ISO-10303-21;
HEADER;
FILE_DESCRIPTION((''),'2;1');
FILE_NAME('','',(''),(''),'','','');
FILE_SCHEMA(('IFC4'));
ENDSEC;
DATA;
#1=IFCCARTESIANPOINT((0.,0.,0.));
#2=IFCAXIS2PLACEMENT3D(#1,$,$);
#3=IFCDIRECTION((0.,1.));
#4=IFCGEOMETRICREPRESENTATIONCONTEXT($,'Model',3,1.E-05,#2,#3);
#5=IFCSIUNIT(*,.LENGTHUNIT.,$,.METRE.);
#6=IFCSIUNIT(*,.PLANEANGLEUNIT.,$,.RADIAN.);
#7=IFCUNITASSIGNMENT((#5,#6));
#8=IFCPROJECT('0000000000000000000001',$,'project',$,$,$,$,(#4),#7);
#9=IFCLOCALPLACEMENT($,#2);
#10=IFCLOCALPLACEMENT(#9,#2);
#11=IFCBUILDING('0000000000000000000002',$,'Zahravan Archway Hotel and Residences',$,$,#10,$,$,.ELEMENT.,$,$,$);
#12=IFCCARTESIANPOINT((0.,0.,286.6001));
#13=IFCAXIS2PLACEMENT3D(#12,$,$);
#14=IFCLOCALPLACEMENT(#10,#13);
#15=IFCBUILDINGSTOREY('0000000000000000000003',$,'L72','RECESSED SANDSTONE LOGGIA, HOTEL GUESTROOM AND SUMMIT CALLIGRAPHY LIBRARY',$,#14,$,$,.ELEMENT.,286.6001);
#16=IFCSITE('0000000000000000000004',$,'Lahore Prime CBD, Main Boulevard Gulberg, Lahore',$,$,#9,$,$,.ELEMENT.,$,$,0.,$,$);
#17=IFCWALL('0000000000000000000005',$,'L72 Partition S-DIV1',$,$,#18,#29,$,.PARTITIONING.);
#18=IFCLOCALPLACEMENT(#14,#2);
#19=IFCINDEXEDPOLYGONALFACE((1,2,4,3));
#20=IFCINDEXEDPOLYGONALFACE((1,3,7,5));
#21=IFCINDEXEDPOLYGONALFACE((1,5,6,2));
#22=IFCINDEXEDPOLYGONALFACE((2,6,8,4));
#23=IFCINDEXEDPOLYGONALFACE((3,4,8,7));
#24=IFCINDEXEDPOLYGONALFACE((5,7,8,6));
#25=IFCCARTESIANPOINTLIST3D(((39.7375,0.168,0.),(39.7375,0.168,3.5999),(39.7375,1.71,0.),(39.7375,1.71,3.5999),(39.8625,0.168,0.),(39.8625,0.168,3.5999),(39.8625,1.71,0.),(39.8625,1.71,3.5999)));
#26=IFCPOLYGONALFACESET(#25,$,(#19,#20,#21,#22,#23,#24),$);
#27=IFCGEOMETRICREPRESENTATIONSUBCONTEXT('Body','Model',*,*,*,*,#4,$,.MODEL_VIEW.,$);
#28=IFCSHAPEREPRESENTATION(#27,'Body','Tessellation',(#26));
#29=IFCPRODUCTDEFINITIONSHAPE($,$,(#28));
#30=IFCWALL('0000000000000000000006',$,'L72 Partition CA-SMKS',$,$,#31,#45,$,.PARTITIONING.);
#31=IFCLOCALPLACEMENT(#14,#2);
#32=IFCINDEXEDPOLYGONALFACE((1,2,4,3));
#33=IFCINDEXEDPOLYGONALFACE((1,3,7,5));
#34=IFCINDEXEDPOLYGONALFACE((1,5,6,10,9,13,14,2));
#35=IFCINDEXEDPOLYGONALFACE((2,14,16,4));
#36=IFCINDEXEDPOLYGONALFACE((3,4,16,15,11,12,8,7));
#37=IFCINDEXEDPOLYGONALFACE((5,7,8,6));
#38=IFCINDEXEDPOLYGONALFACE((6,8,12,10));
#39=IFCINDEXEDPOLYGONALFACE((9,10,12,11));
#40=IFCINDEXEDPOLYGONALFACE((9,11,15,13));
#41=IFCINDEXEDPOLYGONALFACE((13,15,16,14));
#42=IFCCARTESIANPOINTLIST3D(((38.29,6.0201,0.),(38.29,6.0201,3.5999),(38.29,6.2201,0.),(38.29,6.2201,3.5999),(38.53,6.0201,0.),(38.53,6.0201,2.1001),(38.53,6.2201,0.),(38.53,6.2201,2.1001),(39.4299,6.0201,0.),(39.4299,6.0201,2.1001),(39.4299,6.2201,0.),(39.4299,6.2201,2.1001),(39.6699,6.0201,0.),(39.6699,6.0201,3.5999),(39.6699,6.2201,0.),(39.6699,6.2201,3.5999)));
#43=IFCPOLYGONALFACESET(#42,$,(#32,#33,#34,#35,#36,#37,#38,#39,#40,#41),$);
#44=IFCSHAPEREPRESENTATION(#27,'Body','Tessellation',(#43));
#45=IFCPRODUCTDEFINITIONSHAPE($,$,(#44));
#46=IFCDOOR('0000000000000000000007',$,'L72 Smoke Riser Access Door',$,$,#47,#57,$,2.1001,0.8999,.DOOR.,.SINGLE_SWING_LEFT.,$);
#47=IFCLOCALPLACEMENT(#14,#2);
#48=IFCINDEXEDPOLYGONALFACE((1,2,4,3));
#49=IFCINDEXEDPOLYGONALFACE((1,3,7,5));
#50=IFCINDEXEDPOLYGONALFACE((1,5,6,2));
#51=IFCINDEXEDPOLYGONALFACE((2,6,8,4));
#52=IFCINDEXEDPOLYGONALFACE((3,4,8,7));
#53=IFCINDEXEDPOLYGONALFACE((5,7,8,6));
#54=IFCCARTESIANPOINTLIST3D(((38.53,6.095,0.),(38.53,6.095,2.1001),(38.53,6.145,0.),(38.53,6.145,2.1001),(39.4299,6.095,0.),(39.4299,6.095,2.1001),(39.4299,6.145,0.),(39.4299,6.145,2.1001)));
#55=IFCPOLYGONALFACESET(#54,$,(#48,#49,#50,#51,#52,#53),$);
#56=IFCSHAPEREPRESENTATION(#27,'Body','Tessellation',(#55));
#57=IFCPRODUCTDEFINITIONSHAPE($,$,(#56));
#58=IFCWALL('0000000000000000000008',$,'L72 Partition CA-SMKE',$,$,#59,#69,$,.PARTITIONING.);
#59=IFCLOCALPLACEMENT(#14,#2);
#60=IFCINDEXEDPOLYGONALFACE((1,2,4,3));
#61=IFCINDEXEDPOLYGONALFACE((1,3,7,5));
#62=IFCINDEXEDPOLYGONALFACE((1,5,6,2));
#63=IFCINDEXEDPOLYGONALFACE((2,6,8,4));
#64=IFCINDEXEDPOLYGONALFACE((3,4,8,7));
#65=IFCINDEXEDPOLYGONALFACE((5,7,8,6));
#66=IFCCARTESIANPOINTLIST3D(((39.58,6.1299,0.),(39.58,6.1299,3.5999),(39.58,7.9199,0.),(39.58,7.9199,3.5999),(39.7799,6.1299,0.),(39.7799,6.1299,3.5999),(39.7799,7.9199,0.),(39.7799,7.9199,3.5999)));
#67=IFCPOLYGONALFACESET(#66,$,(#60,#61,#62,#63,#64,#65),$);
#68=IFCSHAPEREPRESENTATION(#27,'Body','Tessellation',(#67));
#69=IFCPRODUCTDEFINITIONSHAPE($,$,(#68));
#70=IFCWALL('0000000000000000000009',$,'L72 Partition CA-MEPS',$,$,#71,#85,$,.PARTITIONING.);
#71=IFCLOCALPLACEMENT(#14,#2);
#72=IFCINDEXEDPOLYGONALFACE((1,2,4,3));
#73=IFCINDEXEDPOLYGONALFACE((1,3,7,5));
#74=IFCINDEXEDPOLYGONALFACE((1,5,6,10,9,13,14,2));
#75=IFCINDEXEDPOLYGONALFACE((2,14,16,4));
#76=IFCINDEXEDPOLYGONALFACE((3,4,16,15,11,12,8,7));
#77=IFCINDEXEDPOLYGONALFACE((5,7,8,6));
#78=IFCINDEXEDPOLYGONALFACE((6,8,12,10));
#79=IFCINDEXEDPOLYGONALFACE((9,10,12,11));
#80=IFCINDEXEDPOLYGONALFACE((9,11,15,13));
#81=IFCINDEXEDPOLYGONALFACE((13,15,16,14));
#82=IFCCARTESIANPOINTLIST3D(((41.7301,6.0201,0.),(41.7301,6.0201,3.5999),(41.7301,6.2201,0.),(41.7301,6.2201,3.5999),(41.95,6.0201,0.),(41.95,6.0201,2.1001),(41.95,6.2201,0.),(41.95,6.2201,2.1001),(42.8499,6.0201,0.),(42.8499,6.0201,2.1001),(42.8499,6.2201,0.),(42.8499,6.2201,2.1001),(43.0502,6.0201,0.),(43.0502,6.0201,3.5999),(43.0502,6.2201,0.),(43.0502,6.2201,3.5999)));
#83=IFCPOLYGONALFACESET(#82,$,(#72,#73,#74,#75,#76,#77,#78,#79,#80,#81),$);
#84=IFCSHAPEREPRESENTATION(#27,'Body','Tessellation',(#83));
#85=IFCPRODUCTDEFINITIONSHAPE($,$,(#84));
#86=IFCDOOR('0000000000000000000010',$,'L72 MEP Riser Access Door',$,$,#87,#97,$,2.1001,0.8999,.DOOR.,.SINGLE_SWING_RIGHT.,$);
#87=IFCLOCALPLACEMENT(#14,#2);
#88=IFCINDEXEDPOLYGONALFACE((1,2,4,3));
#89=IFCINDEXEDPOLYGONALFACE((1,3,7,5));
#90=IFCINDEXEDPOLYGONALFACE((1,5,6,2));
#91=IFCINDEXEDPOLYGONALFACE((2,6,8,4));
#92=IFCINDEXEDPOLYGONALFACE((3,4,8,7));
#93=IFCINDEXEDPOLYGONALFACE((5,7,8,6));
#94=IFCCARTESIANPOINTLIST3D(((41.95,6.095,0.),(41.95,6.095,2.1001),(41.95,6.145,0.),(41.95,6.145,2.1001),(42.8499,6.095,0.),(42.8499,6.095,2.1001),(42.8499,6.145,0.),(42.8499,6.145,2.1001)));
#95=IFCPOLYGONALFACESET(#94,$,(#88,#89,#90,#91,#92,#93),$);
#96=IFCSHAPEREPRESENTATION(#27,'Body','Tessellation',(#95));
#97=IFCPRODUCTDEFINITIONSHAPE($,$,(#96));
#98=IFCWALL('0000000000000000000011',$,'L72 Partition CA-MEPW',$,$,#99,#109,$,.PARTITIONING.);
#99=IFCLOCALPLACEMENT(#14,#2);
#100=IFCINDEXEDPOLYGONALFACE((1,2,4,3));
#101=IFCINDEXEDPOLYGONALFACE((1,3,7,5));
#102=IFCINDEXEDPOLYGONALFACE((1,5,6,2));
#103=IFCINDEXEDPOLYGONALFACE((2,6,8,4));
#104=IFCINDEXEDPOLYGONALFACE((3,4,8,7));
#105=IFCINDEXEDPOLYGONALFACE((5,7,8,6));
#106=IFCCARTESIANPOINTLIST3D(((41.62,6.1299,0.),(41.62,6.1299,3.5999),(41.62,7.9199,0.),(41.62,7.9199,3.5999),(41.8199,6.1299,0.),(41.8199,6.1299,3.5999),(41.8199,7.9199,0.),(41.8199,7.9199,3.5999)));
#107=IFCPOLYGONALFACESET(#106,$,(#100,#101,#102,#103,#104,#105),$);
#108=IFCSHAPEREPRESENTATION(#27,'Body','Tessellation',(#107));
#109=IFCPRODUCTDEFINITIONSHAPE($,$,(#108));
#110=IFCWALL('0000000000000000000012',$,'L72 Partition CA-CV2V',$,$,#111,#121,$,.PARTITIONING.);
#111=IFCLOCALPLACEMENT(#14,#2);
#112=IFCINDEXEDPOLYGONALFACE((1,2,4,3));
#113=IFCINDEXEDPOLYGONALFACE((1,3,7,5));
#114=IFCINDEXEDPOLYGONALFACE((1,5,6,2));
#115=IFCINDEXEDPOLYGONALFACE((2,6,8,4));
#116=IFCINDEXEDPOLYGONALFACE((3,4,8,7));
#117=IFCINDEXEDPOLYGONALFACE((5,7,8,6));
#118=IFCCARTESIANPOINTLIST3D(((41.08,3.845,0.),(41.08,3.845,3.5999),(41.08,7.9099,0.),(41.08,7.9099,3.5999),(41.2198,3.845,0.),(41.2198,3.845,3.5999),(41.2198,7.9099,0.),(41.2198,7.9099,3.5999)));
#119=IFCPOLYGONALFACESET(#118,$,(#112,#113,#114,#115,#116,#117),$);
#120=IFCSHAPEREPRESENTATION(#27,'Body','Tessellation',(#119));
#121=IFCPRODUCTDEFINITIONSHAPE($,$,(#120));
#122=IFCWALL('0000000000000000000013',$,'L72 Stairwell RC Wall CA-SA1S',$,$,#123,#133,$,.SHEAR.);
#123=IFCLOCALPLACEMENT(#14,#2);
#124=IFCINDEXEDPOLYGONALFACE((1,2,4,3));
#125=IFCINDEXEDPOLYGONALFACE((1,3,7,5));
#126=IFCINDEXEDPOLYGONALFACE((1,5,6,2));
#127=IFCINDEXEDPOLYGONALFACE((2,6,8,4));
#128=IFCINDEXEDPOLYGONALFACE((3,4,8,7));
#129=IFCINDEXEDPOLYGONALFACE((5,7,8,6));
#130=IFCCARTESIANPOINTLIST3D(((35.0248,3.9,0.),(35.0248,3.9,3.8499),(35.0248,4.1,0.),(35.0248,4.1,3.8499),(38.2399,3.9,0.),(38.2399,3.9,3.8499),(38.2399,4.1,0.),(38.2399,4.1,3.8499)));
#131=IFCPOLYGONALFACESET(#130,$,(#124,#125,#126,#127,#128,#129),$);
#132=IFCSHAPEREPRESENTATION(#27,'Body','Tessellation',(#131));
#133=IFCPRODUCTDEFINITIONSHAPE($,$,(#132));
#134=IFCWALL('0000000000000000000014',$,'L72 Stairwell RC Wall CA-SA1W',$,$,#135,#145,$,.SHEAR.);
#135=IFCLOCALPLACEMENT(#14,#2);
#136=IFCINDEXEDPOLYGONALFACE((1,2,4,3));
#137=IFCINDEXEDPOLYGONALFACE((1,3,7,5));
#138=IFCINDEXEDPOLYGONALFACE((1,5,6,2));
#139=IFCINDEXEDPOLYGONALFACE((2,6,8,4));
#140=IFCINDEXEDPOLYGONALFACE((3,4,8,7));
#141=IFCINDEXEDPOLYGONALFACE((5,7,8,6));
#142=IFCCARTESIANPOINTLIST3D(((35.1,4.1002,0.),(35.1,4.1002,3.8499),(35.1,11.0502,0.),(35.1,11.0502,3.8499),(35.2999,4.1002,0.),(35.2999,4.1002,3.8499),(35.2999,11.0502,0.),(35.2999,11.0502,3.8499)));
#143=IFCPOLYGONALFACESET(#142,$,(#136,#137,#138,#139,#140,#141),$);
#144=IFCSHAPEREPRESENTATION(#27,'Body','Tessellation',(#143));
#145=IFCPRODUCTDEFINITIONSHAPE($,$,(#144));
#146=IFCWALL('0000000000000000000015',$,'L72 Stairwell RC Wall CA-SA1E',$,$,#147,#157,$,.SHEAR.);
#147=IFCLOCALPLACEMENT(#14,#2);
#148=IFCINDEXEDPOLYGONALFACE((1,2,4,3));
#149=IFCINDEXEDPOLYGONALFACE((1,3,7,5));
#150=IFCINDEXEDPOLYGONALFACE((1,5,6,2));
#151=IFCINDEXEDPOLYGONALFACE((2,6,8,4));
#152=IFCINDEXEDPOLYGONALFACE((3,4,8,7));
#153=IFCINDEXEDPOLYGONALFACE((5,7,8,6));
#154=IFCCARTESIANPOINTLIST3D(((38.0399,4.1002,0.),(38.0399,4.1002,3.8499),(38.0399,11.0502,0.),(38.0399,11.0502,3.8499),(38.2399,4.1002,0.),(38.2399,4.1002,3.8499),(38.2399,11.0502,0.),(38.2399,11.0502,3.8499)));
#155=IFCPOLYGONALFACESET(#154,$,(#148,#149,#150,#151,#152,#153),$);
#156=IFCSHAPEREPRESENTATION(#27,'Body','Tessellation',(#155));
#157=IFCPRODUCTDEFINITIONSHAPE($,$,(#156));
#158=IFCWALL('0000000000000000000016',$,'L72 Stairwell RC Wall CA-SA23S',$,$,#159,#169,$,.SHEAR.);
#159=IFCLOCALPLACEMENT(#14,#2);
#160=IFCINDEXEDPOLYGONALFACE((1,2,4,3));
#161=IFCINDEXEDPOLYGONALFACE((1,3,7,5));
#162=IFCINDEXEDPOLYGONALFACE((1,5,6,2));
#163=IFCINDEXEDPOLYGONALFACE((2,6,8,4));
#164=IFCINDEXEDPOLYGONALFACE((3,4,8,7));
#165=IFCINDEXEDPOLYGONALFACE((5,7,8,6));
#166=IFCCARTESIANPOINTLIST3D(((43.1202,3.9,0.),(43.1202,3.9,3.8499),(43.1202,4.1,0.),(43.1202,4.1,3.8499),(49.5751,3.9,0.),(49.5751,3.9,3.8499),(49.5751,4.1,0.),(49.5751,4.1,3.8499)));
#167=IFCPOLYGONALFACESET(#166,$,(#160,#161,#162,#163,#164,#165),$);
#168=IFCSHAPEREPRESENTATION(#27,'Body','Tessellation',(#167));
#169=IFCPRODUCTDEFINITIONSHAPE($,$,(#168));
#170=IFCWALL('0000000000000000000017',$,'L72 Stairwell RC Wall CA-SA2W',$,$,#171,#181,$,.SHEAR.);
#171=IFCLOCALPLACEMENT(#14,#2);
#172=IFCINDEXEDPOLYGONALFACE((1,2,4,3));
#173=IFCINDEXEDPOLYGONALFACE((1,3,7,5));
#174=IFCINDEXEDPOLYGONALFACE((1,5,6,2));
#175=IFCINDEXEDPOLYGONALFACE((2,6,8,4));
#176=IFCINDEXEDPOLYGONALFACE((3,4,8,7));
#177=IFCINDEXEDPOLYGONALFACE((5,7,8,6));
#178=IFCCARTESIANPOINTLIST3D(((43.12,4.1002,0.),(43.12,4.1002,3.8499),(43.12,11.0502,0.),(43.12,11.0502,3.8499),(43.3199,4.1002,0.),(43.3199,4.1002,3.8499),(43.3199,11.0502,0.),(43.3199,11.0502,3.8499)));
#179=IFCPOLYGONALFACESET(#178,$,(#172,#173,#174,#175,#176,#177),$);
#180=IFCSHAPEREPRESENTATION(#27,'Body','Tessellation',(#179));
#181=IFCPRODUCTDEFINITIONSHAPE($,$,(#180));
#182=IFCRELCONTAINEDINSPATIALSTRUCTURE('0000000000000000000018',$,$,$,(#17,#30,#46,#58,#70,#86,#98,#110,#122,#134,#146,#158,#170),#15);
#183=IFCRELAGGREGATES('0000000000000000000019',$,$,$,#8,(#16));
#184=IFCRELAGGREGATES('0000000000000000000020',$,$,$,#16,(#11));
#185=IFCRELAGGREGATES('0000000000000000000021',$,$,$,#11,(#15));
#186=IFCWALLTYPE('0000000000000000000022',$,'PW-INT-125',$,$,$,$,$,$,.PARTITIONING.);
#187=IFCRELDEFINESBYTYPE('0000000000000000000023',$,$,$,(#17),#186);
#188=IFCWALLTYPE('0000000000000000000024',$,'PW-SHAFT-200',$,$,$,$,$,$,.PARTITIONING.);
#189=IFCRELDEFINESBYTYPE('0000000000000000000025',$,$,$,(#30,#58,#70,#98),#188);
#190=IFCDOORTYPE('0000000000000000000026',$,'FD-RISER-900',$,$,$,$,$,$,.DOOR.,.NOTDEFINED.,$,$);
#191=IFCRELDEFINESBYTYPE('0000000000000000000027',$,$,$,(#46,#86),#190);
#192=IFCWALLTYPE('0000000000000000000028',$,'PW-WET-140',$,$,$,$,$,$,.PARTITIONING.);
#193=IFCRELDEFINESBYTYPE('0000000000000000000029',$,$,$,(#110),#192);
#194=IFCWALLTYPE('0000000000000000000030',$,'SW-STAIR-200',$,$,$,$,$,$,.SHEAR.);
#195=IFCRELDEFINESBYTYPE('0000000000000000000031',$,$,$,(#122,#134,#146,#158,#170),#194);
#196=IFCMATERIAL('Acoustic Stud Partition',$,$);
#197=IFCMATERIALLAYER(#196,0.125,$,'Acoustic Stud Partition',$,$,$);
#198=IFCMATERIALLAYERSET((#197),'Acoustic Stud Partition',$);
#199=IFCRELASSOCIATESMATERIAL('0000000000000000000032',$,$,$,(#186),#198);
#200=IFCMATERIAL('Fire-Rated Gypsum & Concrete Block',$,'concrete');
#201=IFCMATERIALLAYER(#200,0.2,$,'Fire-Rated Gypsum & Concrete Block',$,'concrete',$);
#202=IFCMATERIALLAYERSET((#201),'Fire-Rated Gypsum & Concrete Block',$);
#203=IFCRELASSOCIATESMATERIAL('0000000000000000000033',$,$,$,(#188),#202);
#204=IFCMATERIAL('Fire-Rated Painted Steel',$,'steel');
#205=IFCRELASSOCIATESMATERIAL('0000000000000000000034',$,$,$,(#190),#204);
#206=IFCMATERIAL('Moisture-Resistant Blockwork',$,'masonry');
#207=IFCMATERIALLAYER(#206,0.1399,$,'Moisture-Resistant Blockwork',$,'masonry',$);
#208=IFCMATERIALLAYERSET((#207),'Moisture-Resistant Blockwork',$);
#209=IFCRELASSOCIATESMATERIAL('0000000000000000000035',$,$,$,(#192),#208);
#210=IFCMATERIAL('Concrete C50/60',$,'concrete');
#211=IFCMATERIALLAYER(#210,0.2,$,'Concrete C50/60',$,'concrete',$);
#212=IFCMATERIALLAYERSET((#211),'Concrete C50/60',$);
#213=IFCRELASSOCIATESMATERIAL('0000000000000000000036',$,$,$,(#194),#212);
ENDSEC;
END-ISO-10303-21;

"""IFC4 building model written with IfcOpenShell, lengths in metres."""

from ifc_helpers import new_model, si_unit, direction, frame, frame_2d, origin, place, context, subcontext, project, spatial, rectangle, extrude, source, transform, mapped, material, layer, layer_set, type_object, type_shapes, element, fill, save


model = new_model("IFC4")

# Units and contexts
model_context = context("Model", 3, precision=1e-05, world=origin(), true_north=direction((0.0, 1.0)))
body_context = subcontext(model_context, "Body", "Model", "MODEL_VIEW")
ifc_project = project(units=[si_unit("LENGTHUNIT", "METRE"), si_unit("PLANEANGLEUNIT", "RADIAN")], contexts=[model_context])

# Site, building, storey
site_placement = place(None, origin())
site = spatial("IfcSite", under=ifc_project, at=site_placement, Name="Lahore Prime CBD, Main Boulevard Gulberg, Lahore", CompositionType="ELEMENT", RefElevation=0.0)
building_placement = place(site_placement, origin())
building = spatial("IfcBuilding", under=site, at=building_placement, Name="Zahravan Archway Hotel and Residences", CompositionType="ELEMENT")
storey_placement = place(building_placement, frame((0.0, 0.0, 286.6001)))
storey = spatial("IfcBuildingStorey", under=building, at=storey_placement, Name="L72", Description="RECESSED SANDSTONE LOGGIA, HOTEL GUESTROOM AND SUMMIT CALLIGRAPHY LIBRARY", CompositionType="ELEMENT", Elevation=286.6001)

# Shared definitions
ifc_material_1 = material(Name="Concrete C50/60", Category="concrete")

# Wall
ifc_material_2 = material(Name="Acoustic Stud Partition")
ifc_layer_1 = layer(ifc_material_2, 0.125, Name="Acoustic Stud Partition")
ifc_layer_set_1 = layer_set([ifc_layer_1], Name="Acoustic Stud Partition")
wall_type_1 = type_object("IfcWallType", Name="PW-INT-125", PredefinedType="PARTITIONING", material=ifc_layer_set_1)
wall_1_placement = place(storey_placement, frame((39.8, 0.168, 0.0), z_axis=(0.0, 0.0, 1.0), x_axis=(0.0, 1.0, 0.0)))
element("IfcWall", 1, at=wall_1_placement, inside=storey, type_object=wall_type_1, Name="L72 Partition S-DIV1", PredefinedType="PARTITIONING", context=body_context, shape_type="SweptSolid", body=[
    extrude(rectangle(XDim=1.542, YDim=0.125, at=frame_2d((0.771, 0.0))), origin(), (0.0, 0.0, 1.0), 3.5999),
])

# Wall, opening, door
ifc_material_3 = material(Name="Fire-Rated Gypsum & Concrete Block", Category="concrete")
ifc_layer_2 = layer(ifc_material_3, 0.2, Name="Fire-Rated Gypsum & Concrete Block", Category="concrete")
ifc_layer_set_2 = layer_set([ifc_layer_2], Name="Fire-Rated Gypsum & Concrete Block")
wall_type_2 = type_object("IfcWallType", Name="PW-SHAFT-200", PredefinedType="PARTITIONING", material=ifc_layer_set_2)
wall_2_placement = place(storey_placement, frame((38.29, 6.1201, 0.0), z_axis=(0.0, 0.0, 1.0), x_axis=(1.0, 0.0, 0.0)))
wall_2 = element("IfcWall", 2, at=wall_2_placement, inside=storey, type_object=wall_type_2, Name="L72 Partition CA-SMKS", PredefinedType="PARTITIONING", context=body_context, shape_type="SweptSolid", body=[
    extrude(rectangle(XDim=1.3799, YDim=0.2, at=frame_2d((0.6899, 0.0))), origin(), (0.0, 0.0, 1.0), 3.5999),
])
opening_1_placement = place(wall_2_placement, frame((0.24, 0.0, 0.0)))
opening_1 = element("IfcOpeningElement", 3, at=opening_1_placement, cuts=wall_2, PredefinedType="OPENING", context=body_context, shape_type="SweptSolid", body=[
    extrude(rectangle(XDim=0.8999, YDim=2.1001, at=frame_2d((0.45, 1.05))), frame((0.0, 0.1099, 0.0), z_axis=(0.0, -1.0, 0.0), x_axis=(1.0, 0.0, 0.0)), (0.0, 0.0, 1.0), 0.22),
])
ifc_material_4 = material(Name="Fire-Rated Painted Steel", Category="steel")
door_type = type_object("IfcDoorType", Name="FD-RISER-900", OperationType="NOTDEFINED", PredefinedType="DOOR", material=ifc_material_4)
shared_shape_1 = source(origin(), body_context, "Body", "SweptSolid", [
    extrude(rectangle(XDim=0.8999, YDim=2.1001, at=frame_2d((0.45, 1.05))), frame((0.0, 0.0249, 0.0), z_axis=(0.0, -1.0, 0.0), x_axis=(1.0, 0.0, 0.0)), (0.0, 0.0, 1.0), 0.05),
])
type_shapes(door_type, [shared_shape_1])
door_1_placement = place(opening_1_placement, origin())
door_1 = element("IfcDoor", 4, at=door_1_placement, inside=storey, type_object=door_type, Name="L72 Smoke Riser Access Door", OperationType="SINGLE_SWING_LEFT", OverallHeight=2.1001, OverallWidth=0.8999, PredefinedType="DOOR", context=body_context, shape_type="MappedRepresentation", body=[
    mapped(shared_shape_1, transform((0.0, 0.0, 0.0), scale=1.0)),
])
fill(opening_1, door_1)

# Wall
wall_3_placement = place(storey_placement, frame((39.6799, 6.1299, 0.0), z_axis=(0.0, 0.0, 1.0), x_axis=(0.0, 1.0, 0.0)))
element("IfcWall", 5, at=wall_3_placement, inside=storey, type_object=wall_type_2, Name="L72 Partition CA-SMKE", PredefinedType="PARTITIONING", context=body_context, shape_type="SweptSolid", body=[
    extrude(rectangle(XDim=1.79, YDim=0.2, at=frame_2d((0.895, 0.0))), origin(), (0.0, 0.0, 1.0), 3.5999),
])

# Wall, opening, door
wall_4_placement = place(storey_placement, frame((41.73, 6.1201, 0.0), z_axis=(0.0, 0.0, 1.0), x_axis=(1.0, 0.0, 0.0)))
wall_4 = element("IfcWall", 6, at=wall_4_placement, inside=storey, type_object=wall_type_2, Name="L72 Partition CA-MEPS", PredefinedType="PARTITIONING", context=body_context, shape_type="SweptSolid", body=[
    extrude(rectangle(XDim=1.3201, YDim=0.2, at=frame_2d((0.6602, 0.0))), origin(), (0.0, 0.0, 1.0), 3.5999),
])
opening_2_placement = place(wall_4_placement, frame((0.22, 0.0, 0.0)))
opening_2 = element("IfcOpeningElement", 7, at=opening_2_placement, cuts=wall_4, PredefinedType="OPENING", context=body_context, shape_type="SweptSolid", body=[
    extrude(rectangle(XDim=0.8999, YDim=2.1001, at=frame_2d((0.45, 1.05))), frame((0.0, 0.1099, 0.0), z_axis=(0.0, -1.0, 0.0), x_axis=(1.0, 0.0, 0.0)), (0.0, 0.0, 1.0), 0.22),
])
door_2_placement = place(opening_2_placement, origin())
door_2 = element("IfcDoor", 8, at=door_2_placement, inside=storey, type_object=door_type, Name="L72 MEP Riser Access Door", OperationType="SINGLE_SWING_RIGHT", OverallHeight=2.1001, OverallWidth=0.8999, PredefinedType="DOOR", context=body_context, shape_type="MappedRepresentation", body=[
    mapped(shared_shape_1, transform((0.0, 0.0, 0.0), scale=1.0)),
])
fill(opening_2, door_2)

# Walls
wall_5_placement = place(storey_placement, frame((41.72, 6.1299, 0.0), z_axis=(0.0, 0.0, 1.0), x_axis=(0.0, 1.0, 0.0)))
element("IfcWall", 9, at=wall_5_placement, inside=storey, type_object=wall_type_2, Name="L72 Partition CA-MEPW", PredefinedType="PARTITIONING", context=body_context, shape_type="SweptSolid", body=[
    extrude(rectangle(XDim=1.79, YDim=0.2, at=frame_2d((0.895, 0.0))), origin(), (0.0, 0.0, 1.0), 3.5999),
])
ifc_material_5 = material(Name="Moisture-Resistant Blockwork", Category="masonry")
ifc_layer_3 = layer(ifc_material_5, 0.1399, Name="Moisture-Resistant Blockwork", Category="masonry")
ifc_layer_set_3 = layer_set([ifc_layer_3], Name="Moisture-Resistant Blockwork")
wall_type_3 = type_object("IfcWallType", Name="PW-WET-140", PredefinedType="PARTITIONING", material=ifc_layer_set_3)
wall_6_placement = place(storey_placement, frame((41.1499, 3.845, 0.0), z_axis=(0.0, 0.0, 1.0), x_axis=(0.0, 1.0, 0.0)))
element("IfcWall", 10, at=wall_6_placement, inside=storey, type_object=wall_type_3, Name="L72 Partition CA-CV2V", PredefinedType="PARTITIONING", context=body_context, shape_type="SweptSolid", body=[
    extrude(rectangle(XDim=4.0649, YDim=0.1399, at=frame_2d((2.0325, 0.0))), origin(), (0.0, 0.0, 1.0), 3.5999),
])
ifc_layer_4 = layer(ifc_material_1, 0.2, Name="Concrete C50/60", Category="concrete")
ifc_layer_set_4 = layer_set([ifc_layer_4], Name="Concrete C50/60")
wall_type_4 = type_object("IfcWallType", Name="SW-STAIR-200", PredefinedType="SHEAR", material=ifc_layer_set_4)
wall_7_placement = place(storey_placement, frame((35.0249, 4.0, 0.0), z_axis=(0.0, 0.0, 1.0), x_axis=(1.0, 0.0, 0.0)))
element("IfcWall", 11, at=wall_7_placement, inside=storey, type_object=wall_type_4, Name="L72 Stairwell RC Wall CA-SA1S", PredefinedType="SHEAR", context=body_context, shape_type="SweptSolid", body=[
    extrude(rectangle(XDim=3.2151, YDim=0.2, at=frame_2d((1.6074, 0.0))), origin(), (0.0, 0.0, 1.0), 3.8499),
])
for number, where, z_axis, x_axis, name in (
    (12, (35.2, 4.1001, 0.0), (0.0, 0.0, 1.0), (0.0, 1.0, 0.0), "L72 Stairwell RC Wall CA-SA1W"),
    (13, (38.1399, 4.1001, 0.0), (0.0, 0.0, 1.0), (0.0, 1.0, 0.0), "L72 Stairwell RC Wall CA-SA1E"),
):
    element("IfcWall", number, at=place(storey_placement, frame(where, z_axis=z_axis, x_axis=x_axis)), inside=storey, type_object=wall_type_4, Name=name, PredefinedType="SHEAR", context=body_context, shape_type="SweptSolid", body=[
        extrude(rectangle(XDim=6.95, YDim=0.2, at=frame_2d((3.4751, 0.0))), origin(), (0.0, 0.0, 1.0), 3.8499),
    ])
wall_8_placement = place(storey_placement, frame((43.1201, 4.0, 0.0), z_axis=(0.0, 0.0, 1.0), x_axis=(1.0, 0.0, 0.0)))
element("IfcWall", 14, at=wall_8_placement, inside=storey, type_object=wall_type_4, Name="L72 Stairwell RC Wall CA-SA23S", PredefinedType="SHEAR", context=body_context, shape_type="SweptSolid", body=[
    extrude(rectangle(XDim=6.4548, YDim=0.2, at=frame_2d((3.2275, 0.0))), origin(), (0.0, 0.0, 1.0), 3.8499),
])
for number, where, z_axis, x_axis, name in (
    (15, (43.22, 4.1001, 0.0), (0.0, 0.0, 1.0), (0.0, 1.0, 0.0), "L72 Stairwell RC Wall CA-SA2W"),
):
    element("IfcWall", number, at=place(storey_placement, frame(where, z_axis=z_axis, x_axis=x_axis)), inside=storey, type_object=wall_type_4, Name=name, PredefinedType="SHEAR", context=body_context, shape_type="SweptSolid", body=[
        extrude(rectangle(XDim=6.95, YDim=0.2, at=frame_2d((3.4751, 0.0))), origin(), (0.0, 0.0, 1.0), 3.8499),
    ])

save(model, "model.ifc")
